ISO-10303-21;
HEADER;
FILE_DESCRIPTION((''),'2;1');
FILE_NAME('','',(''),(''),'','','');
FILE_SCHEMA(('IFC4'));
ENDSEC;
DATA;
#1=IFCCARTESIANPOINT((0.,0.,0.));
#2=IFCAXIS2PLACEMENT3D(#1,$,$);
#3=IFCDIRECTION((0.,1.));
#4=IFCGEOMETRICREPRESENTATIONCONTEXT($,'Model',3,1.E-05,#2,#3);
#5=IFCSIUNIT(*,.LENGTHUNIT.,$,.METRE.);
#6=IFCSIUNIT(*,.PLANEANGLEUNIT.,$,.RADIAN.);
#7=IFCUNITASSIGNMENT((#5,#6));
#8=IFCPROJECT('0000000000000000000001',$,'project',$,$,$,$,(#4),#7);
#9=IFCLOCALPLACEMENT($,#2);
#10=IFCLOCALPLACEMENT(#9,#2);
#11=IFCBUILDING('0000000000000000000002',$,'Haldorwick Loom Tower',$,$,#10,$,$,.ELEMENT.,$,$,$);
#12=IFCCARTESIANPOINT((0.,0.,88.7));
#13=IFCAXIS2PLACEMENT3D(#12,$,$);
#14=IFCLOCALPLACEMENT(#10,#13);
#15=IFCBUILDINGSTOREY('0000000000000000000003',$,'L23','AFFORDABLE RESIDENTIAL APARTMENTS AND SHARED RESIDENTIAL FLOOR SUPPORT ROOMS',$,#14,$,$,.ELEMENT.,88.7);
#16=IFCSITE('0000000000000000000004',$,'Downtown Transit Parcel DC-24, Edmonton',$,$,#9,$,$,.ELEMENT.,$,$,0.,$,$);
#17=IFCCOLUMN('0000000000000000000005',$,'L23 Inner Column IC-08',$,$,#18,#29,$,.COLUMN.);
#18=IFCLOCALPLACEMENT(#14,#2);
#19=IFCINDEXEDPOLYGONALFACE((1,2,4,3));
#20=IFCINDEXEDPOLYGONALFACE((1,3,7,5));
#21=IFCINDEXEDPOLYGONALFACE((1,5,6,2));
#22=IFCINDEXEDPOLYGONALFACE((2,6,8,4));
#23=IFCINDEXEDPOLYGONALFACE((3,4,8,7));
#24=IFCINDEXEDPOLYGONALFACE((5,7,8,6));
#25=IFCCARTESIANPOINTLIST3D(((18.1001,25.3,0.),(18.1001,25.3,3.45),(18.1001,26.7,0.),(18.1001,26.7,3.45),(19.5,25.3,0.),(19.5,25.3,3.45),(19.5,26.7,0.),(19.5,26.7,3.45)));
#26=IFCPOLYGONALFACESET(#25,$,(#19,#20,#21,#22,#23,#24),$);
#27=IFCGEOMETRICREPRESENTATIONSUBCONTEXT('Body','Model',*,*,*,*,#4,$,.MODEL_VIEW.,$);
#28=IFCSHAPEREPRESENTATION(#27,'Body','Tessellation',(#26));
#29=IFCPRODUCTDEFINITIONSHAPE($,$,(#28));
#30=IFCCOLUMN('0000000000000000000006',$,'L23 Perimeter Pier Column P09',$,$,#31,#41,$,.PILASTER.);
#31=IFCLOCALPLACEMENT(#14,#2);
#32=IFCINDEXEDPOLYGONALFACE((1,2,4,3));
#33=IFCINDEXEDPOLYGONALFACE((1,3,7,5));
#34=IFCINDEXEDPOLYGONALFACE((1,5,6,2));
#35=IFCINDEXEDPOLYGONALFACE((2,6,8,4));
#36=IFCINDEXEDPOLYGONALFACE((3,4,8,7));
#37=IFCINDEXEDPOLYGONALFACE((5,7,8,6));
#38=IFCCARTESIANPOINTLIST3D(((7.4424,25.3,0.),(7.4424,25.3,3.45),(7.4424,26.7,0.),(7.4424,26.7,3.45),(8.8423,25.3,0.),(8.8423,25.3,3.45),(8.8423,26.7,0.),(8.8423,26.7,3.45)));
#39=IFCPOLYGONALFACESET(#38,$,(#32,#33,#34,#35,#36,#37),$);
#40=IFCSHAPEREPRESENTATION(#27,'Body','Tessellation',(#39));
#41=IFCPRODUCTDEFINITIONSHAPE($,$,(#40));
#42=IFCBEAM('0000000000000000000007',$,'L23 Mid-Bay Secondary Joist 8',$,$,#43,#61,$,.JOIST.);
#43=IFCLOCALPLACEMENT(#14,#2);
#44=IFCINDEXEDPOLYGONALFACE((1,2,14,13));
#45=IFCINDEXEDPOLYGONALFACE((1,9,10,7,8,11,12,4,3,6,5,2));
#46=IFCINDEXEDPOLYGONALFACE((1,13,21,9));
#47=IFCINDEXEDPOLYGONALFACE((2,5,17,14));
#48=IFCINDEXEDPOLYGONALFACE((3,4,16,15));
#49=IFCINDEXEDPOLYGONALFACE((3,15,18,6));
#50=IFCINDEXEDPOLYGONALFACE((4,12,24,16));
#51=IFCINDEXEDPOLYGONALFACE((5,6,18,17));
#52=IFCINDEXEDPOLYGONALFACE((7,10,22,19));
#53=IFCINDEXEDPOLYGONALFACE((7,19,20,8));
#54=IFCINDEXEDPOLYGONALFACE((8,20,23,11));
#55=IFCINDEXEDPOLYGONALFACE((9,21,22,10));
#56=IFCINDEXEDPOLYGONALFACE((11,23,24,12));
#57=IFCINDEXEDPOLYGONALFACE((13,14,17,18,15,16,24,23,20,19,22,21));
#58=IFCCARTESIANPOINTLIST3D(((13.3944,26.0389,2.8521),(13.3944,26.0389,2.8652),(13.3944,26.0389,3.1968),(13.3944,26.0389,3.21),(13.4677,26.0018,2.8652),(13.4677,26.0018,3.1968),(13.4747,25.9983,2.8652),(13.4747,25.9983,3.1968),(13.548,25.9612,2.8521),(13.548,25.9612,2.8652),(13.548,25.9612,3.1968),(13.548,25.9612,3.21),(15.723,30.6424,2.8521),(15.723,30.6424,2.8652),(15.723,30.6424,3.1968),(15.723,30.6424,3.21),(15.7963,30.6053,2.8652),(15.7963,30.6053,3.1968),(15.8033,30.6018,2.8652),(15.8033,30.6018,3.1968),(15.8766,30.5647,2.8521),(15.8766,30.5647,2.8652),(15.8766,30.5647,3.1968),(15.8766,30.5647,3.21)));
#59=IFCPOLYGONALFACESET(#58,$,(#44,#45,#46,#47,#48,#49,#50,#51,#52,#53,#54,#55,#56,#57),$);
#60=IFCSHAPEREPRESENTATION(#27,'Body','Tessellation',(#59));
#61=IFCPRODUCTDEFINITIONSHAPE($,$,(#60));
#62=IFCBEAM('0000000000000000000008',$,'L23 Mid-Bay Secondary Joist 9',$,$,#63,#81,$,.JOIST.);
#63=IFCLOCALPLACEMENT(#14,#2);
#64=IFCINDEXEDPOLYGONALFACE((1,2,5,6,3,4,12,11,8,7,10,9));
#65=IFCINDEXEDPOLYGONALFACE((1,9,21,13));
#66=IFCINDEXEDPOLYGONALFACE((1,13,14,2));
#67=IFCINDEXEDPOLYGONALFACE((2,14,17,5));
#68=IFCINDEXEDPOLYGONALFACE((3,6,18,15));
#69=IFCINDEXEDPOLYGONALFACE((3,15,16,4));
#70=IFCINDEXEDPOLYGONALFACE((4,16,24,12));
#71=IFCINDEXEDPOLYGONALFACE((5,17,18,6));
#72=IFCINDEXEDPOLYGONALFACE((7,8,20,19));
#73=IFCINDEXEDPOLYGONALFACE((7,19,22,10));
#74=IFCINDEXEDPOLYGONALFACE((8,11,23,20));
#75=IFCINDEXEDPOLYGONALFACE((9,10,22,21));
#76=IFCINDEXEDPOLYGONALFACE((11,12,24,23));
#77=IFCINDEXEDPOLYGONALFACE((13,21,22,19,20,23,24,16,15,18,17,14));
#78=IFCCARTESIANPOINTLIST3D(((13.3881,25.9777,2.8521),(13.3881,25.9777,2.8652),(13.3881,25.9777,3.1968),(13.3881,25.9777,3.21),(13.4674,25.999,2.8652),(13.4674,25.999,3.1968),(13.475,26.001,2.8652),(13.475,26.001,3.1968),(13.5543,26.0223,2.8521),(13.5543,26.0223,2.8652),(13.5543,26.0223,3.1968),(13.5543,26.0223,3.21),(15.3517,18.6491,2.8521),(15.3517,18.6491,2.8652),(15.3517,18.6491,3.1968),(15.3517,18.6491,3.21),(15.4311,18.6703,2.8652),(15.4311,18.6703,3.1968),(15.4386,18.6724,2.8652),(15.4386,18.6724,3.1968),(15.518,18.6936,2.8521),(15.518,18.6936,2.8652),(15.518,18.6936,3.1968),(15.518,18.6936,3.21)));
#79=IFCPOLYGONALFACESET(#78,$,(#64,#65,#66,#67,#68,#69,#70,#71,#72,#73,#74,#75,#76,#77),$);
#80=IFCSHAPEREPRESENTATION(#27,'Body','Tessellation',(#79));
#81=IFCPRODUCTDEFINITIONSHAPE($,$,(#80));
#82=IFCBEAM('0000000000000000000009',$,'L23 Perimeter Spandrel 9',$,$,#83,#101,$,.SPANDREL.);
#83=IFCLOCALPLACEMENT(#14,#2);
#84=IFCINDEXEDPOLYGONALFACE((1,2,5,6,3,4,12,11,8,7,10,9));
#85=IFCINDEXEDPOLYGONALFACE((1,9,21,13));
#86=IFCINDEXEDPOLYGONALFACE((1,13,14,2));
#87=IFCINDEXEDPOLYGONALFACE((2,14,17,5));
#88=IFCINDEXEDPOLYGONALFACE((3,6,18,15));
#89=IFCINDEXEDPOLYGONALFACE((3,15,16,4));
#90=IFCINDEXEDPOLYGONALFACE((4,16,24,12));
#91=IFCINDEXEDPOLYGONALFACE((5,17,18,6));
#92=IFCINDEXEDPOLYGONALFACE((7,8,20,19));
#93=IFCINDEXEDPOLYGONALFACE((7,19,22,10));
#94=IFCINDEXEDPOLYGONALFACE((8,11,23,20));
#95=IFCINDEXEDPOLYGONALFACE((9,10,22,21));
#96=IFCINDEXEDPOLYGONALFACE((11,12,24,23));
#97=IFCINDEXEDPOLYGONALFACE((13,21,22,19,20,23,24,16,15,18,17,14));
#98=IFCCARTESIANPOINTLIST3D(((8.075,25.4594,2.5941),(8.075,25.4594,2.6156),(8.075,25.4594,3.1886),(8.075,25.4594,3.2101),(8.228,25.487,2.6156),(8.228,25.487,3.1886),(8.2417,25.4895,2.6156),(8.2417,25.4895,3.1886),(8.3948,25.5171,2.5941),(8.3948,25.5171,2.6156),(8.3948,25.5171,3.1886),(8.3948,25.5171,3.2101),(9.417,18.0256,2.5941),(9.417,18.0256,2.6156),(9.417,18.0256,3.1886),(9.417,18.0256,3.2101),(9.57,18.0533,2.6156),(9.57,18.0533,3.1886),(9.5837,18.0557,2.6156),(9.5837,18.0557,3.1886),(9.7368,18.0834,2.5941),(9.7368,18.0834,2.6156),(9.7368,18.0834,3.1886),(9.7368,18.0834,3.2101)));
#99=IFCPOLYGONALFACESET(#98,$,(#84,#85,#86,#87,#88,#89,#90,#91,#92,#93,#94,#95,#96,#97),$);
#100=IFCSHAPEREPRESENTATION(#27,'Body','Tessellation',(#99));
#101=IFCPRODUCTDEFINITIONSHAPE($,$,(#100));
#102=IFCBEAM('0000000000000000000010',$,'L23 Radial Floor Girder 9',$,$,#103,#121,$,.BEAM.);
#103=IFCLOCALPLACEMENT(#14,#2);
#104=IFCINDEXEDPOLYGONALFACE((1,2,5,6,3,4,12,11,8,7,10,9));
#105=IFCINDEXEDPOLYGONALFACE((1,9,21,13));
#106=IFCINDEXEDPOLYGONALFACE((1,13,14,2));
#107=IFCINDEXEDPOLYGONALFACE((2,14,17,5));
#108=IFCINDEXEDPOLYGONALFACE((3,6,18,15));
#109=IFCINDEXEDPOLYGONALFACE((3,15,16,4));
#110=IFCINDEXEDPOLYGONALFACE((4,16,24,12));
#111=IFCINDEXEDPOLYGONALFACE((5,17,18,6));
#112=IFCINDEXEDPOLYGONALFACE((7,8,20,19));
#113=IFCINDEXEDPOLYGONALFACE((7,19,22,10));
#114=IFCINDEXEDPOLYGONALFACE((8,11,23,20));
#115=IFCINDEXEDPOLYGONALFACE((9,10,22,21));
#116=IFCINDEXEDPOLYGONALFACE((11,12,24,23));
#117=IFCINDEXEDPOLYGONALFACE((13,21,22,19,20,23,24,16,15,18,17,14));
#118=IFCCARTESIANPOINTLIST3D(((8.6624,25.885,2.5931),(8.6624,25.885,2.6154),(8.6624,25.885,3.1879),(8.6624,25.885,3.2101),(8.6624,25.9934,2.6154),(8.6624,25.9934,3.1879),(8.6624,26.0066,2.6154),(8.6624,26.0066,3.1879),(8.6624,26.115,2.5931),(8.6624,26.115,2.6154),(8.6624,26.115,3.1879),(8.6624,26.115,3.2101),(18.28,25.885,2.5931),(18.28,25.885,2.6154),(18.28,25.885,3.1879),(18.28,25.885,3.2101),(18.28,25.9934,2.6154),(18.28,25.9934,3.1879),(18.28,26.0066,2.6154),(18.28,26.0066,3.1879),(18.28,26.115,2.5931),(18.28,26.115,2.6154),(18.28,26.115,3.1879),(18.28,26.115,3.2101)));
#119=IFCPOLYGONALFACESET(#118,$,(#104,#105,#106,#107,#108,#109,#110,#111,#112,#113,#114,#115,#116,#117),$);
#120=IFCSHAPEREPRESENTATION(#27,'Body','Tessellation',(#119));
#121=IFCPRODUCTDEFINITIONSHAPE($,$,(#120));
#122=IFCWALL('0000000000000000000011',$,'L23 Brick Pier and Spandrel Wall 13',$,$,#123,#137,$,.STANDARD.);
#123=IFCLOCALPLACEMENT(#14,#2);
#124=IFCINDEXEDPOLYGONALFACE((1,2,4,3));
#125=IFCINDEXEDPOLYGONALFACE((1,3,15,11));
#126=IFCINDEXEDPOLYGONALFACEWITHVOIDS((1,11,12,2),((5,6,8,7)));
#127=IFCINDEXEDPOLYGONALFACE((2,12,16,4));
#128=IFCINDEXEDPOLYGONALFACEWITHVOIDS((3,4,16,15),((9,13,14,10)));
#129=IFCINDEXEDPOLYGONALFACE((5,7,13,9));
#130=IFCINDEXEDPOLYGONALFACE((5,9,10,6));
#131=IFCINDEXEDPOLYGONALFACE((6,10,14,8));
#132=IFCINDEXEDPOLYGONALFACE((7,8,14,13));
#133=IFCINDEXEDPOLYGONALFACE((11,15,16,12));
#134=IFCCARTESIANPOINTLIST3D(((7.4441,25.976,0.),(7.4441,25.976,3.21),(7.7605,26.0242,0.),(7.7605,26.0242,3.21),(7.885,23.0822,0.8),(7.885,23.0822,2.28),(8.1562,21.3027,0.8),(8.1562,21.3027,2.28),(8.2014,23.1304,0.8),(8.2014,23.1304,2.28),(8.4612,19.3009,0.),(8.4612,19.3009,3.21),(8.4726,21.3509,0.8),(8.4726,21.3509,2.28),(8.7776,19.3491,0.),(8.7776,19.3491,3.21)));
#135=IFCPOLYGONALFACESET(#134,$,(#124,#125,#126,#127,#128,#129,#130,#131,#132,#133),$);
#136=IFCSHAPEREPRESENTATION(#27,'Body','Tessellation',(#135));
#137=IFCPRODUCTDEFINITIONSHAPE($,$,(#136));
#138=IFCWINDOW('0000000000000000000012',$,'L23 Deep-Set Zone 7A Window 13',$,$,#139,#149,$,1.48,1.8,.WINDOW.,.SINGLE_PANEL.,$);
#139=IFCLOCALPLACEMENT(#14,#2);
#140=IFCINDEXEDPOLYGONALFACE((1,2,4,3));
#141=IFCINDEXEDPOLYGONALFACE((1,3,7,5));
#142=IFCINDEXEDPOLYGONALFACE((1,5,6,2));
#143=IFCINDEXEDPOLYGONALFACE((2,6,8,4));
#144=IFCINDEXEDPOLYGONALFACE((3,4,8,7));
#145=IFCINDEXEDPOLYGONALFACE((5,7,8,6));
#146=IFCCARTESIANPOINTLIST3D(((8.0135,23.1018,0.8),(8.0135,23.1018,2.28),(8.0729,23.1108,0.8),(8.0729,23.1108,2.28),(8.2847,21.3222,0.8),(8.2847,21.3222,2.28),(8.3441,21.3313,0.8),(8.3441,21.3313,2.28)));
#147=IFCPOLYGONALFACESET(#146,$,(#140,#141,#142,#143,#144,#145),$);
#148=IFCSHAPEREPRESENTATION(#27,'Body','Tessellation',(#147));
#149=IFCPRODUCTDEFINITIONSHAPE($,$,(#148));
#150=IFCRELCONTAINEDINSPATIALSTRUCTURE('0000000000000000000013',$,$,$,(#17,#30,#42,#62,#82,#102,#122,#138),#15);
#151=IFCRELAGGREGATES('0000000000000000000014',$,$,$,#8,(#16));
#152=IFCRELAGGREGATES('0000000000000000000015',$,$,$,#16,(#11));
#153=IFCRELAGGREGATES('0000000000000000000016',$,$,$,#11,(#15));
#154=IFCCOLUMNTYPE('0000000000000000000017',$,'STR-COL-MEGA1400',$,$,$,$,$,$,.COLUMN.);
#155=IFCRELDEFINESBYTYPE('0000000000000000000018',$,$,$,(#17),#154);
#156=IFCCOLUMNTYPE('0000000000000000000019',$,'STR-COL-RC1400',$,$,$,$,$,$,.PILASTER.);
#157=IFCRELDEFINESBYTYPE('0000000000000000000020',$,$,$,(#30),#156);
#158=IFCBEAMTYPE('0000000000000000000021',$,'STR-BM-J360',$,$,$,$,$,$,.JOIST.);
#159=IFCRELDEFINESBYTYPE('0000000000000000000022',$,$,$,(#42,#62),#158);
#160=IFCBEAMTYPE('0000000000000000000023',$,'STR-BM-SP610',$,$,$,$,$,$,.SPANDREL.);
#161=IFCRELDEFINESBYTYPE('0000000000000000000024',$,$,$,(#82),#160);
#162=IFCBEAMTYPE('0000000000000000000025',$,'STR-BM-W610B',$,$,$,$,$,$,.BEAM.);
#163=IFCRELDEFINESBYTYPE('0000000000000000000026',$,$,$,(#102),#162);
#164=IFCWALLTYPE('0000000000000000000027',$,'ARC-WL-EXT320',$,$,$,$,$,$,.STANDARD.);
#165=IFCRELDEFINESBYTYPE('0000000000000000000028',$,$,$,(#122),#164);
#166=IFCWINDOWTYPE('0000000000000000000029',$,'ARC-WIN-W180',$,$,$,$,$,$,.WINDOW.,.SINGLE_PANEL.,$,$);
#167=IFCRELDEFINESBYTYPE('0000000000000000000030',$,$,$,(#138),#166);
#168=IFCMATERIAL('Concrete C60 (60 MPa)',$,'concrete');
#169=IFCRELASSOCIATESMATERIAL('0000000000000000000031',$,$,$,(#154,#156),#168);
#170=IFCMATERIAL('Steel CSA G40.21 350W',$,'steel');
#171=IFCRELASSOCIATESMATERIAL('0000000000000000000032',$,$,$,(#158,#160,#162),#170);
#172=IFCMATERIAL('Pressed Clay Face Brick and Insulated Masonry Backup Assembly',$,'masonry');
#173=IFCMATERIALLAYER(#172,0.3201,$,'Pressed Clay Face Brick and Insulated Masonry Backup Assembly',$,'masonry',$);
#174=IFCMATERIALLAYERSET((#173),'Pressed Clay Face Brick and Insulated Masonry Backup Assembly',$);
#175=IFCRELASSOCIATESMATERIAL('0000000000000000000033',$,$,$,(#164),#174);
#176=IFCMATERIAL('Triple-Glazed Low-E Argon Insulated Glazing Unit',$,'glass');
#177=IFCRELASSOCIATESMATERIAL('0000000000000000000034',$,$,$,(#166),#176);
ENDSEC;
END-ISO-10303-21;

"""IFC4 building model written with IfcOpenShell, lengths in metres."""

from ifc_helpers import new_model, si_unit, direction, frame, frame_2d, origin, origin_2d, place, context, subcontext, project, spatial, rectangle, i_section, extrude, material, layer, layer_set, material_profile, profile_set, type_object, element, fill, save


model = new_model("IFC4")

# Units and contexts
model_context = context("Model", 3, precision=1e-05, world=origin(), true_north=direction((0.0, 1.0)))
body_context = subcontext(model_context, "Body", "Model", "MODEL_VIEW")
ifc_project = project(units=[si_unit("LENGTHUNIT", "METRE"), si_unit("PLANEANGLEUNIT", "RADIAN")], contexts=[model_context])

# Site, building, storey
site_placement = place(None, origin())
site = spatial("IfcSite", under=ifc_project, at=site_placement, Name="Downtown Transit Parcel DC-24, Edmonton", CompositionType="ELEMENT", RefElevation=0.0)
building_placement = place(site_placement, origin())
building = spatial("IfcBuilding", under=site, at=building_placement, Name="Haldorwick Loom Tower", CompositionType="ELEMENT")
storey_placement = place(building_placement, frame((0.0, 0.0, 88.7)))
storey = spatial("IfcBuildingStorey", under=building, at=storey_placement, Name="L23", Description="AFFORDABLE RESIDENTIAL APARTMENTS AND SHARED RESIDENTIAL FLOOR SUPPORT ROOMS", CompositionType="ELEMENT", Elevation=88.7)

# Columns
ifc_material_1 = material(Name="Concrete C60 (60 MPa)", Category="concrete")
ifc_material_profile_1 = material_profile(ifc_material_1, rectangle(XDim=1.3999, YDim=1.3999, at=origin_2d()), Name="RC1400X1400", Category="concrete")
ifc_profile_set_1 = profile_set([ifc_material_profile_1], Name="Concrete C60 (60 MPa)")
column_type_1 = type_object("IfcColumnType", Name="STR-COL-MEGA1400", PredefinedType="COLUMN", material=ifc_profile_set_1)
column_1_placement = place(storey_placement, frame((18.8, 26.0, 0.0), z_axis=(0.0, 0.0, 1.0), x_axis=(1.0, 0.0, 0.0)))
element("IfcColumn", 1, at=column_1_placement, inside=storey, type_object=column_type_1, Name="L23 Inner Column IC-08", PredefinedType="COLUMN", context=body_context, shape_type="SweptSolid", body=[
    extrude(rectangle(XDim=1.3999, YDim=1.3999, at=origin_2d()), origin(), (0.0, 0.0, 1.0), 3.45),
])
ifc_material_profile_2 = material_profile(ifc_material_1, rectangle(XDim=1.3999, YDim=1.3999, at=origin_2d()), Name="RC1400X1400", Category="concrete")
ifc_profile_set_2 = profile_set([ifc_material_profile_2], Name="Concrete C60 (60 MPa)")
column_type_2 = type_object("IfcColumnType", Name="STR-COL-RC1400", PredefinedType="PILASTER", material=ifc_profile_set_2)
column_2_placement = place(storey_placement, frame((8.1423, 26.0, 0.0), z_axis=(0.0, 0.0, 1.0), x_axis=(-1.0, 0.0, 0.0)))
element("IfcColumn", 2, at=column_2_placement, inside=storey, type_object=column_type_2, Name="L23 Perimeter Pier Column P09", PredefinedType="PILASTER", context=body_context, shape_type="SweptSolid", body=[
    extrude(rectangle(XDim=1.3999, YDim=1.3999, at=origin_2d()), origin(), (0.0, 0.0, 1.0), 3.45),
])

# Beams
ifc_material_2 = material(Name="Steel CSA G40.21 350W", Category="steel")
ifc_material_profile_3 = material_profile(ifc_material_2, i_section(OverallWidth=0.1721, OverallDepth=0.3579, WebThickness=0.0078, FlangeThickness=0.0132, at=origin_2d()), Name="W360X57", Category="steel")
ifc_profile_set_3 = profile_set([ifc_material_profile_3], Name="Steel CSA G40.21 350W")
beam_type_1 = type_object("IfcBeamType", Name="STR-BM-J360", PredefinedType="JOIST", material=ifc_profile_set_3)
beam_1_placement = place(storey_placement, frame((15.7998, 30.6035, 3.031), z_axis=(-0.451373, -0.892335, 0.0), x_axis=(0.892335, -0.451373, 0.0)))
element("IfcBeam", 3, at=beam_1_placement, inside=storey, type_object=beam_type_1, Name="L23 Mid-Bay Secondary Joist 8", PredefinedType="JOIST", context=body_context, shape_type="SweptSolid", body=[
    extrude(i_section(OverallWidth=0.1721, OverallDepth=0.3579, WebThickness=0.0078, FlangeThickness=0.0132, at=origin_2d()), origin(), (0.0, 0.0, 1.0), 5.1589),
])
beam_2_placement = place(storey_placement, frame((13.4712, 26.0, 3.031), z_axis=(0.25881, -0.965928, 0.0), x_axis=(0.965928, 0.25881, 0.0)))
element("IfcBeam", 4, at=beam_2_placement, inside=storey, type_object=beam_type_1, Name="L23 Mid-Bay Secondary Joist 9", PredefinedType="JOIST", context=body_context, shape_type="SweptSolid", body=[
    extrude(i_section(OverallWidth=0.1721, OverallDepth=0.3579, WebThickness=0.0078, FlangeThickness=0.0132, at=origin_2d()), origin(), (0.0, 0.0, 1.0), 7.5872),
])
ifc_material_profile_4 = material_profile(ifc_material_2, i_section(OverallWidth=0.325, OverallDepth=0.616, WebThickness=0.0139, FlangeThickness=0.0215, at=origin_2d()), Name="W610X174", Category="steel")
ifc_profile_set_4 = profile_set([ifc_material_profile_4], Name="Steel CSA G40.21 350W")
beam_type_2 = type_object("IfcBeamType", Name="STR-BM-SP610", PredefinedType="SPANDREL", material=ifc_profile_set_4)
beam_3_placement = place(storey_placement, frame((8.2349, 25.4883, 2.9021), z_axis=(0.177659, -0.984092, 0.0), x_axis=(0.984092, 0.177659, 0.0)))
element("IfcBeam", 5, at=beam_3_placement, inside=storey, type_object=beam_type_2, Name="L23 Perimeter Spandrel 9", PredefinedType="SPANDREL", context=body_context, shape_type="SweptSolid", body=[
    extrude(i_section(OverallWidth=0.325, OverallDepth=0.616, WebThickness=0.0139, FlangeThickness=0.0215, at=origin_2d()), origin(), (0.0, 0.0, 1.0), 7.554),
])
ifc_material_profile_5 = material_profile(ifc_material_2, i_section(OverallWidth=0.23, OverallDepth=0.6169, WebThickness=0.0132, FlangeThickness=0.0222, at=origin_2d()), Name="W610X140", Category="steel")
ifc_profile_set_5 = profile_set([ifc_material_profile_5], Name="Steel CSA G40.21 350W")
beam_type_3 = type_object("IfcBeamType", Name="STR-BM-W610B", PredefinedType="BEAM", material=ifc_profile_set_5)
beam_4_placement = place(storey_placement, frame((18.28, 26.0, 2.9016), z_axis=(-1.0, 0.0, 0.0), x_axis=(0.0, -1.0, 0.0)))
element("IfcBeam", 6, at=beam_4_placement, inside=storey, type_object=beam_type_3, Name="L23 Radial Floor Girder 9", PredefinedType="BEAM", context=body_context, shape_type="SweptSolid", body=[
    extrude(i_section(OverallWidth=0.23, OverallDepth=0.6169, WebThickness=0.0132, FlangeThickness=0.0222, at=origin_2d()), origin(), (0.0, 0.0, 1.0), 9.6177),
])

# Wall, opening, window
ifc_material_3 = material(Name="Pressed Clay Face Brick and Insulated Masonry Backup Assembly", Category="masonry")
ifc_layer_1 = layer(ifc_material_3, 0.3201, Name="Pressed Clay Face Brick and Insulated Masonry Backup Assembly", Category="masonry")
ifc_layer_set_1 = layer_set([ifc_layer_1], Name="Pressed Clay Face Brick and Insulated Masonry Backup Assembly")
wall_type_1 = type_object("IfcWallType", Name="ARC-WL-EXT320", PredefinedType="STANDARD", material=ifc_layer_set_1)
wall_1_placement = place(storey_placement, frame((7.6023, 26.0, 0.0), z_axis=(0.0, 0.0, 1.0), x_axis=(0.150633, -0.98859, 0.0)))
wall_1 = element("IfcWall", 7, at=wall_1_placement, inside=storey, type_object=wall_type_1, Name="L23 Brick Pier and Spandrel Wall 13", PredefinedType="STANDARD", context=body_context, shape_type="SweptSolid", body=[
    extrude(rectangle(XDim=6.7522, YDim=0.3201, at=frame_2d((3.376, 0.0))), origin(), (0.0, 0.0, 1.0), 3.21),
])
opening_1_placement = place(wall_1_placement, frame((2.9272, 0.0, 0.8)))
opening_1 = element("IfcOpeningElement", 8, at=opening_1_placement, cuts=wall_1, PredefinedType="OPENING", context=body_context, shape_type="SweptSolid", body=[
    extrude(rectangle(XDim=1.8, YDim=1.48, at=frame_2d((0.8999, 0.74))), frame((0.0, 0.1699, 0.0), z_axis=(0.0, -1.0, 0.0), x_axis=(1.0, 0.0, 0.0)), (0.0, 0.0, 1.0), 0.3401),
])
ifc_material_4 = material(Name="Triple-Glazed Low-E Argon Insulated Glazing Unit", Category="glass")
window_type = type_object("IfcWindowType", Name="ARC-WIN-W180", PartitioningType="SINGLE_PANEL", PredefinedType="WINDOW", material=ifc_material_4)
window_placement = place(opening_1_placement, origin())
window = element("IfcWindow", 9, at=window_placement, inside=storey, type_object=window_type, Name="L23 Deep-Set Zone 7A Window 13", OverallHeight=1.48, OverallWidth=1.8, PartitioningType="SINGLE_PANEL", PredefinedType="WINDOW", context=body_context, shape_type="SweptSolid", body=[
    extrude(rectangle(XDim=1.8, YDim=1.48, at=frame_2d((0.8999, 0.74))), frame((0.0, 0.03, 0.0), z_axis=(0.0, -1.0, 0.0), x_axis=(1.0, 0.0, 0.0)), (0.0, 0.0, 1.0), 0.0601),
])
fill(opening_1, window)

save(model, "model.ifc")
